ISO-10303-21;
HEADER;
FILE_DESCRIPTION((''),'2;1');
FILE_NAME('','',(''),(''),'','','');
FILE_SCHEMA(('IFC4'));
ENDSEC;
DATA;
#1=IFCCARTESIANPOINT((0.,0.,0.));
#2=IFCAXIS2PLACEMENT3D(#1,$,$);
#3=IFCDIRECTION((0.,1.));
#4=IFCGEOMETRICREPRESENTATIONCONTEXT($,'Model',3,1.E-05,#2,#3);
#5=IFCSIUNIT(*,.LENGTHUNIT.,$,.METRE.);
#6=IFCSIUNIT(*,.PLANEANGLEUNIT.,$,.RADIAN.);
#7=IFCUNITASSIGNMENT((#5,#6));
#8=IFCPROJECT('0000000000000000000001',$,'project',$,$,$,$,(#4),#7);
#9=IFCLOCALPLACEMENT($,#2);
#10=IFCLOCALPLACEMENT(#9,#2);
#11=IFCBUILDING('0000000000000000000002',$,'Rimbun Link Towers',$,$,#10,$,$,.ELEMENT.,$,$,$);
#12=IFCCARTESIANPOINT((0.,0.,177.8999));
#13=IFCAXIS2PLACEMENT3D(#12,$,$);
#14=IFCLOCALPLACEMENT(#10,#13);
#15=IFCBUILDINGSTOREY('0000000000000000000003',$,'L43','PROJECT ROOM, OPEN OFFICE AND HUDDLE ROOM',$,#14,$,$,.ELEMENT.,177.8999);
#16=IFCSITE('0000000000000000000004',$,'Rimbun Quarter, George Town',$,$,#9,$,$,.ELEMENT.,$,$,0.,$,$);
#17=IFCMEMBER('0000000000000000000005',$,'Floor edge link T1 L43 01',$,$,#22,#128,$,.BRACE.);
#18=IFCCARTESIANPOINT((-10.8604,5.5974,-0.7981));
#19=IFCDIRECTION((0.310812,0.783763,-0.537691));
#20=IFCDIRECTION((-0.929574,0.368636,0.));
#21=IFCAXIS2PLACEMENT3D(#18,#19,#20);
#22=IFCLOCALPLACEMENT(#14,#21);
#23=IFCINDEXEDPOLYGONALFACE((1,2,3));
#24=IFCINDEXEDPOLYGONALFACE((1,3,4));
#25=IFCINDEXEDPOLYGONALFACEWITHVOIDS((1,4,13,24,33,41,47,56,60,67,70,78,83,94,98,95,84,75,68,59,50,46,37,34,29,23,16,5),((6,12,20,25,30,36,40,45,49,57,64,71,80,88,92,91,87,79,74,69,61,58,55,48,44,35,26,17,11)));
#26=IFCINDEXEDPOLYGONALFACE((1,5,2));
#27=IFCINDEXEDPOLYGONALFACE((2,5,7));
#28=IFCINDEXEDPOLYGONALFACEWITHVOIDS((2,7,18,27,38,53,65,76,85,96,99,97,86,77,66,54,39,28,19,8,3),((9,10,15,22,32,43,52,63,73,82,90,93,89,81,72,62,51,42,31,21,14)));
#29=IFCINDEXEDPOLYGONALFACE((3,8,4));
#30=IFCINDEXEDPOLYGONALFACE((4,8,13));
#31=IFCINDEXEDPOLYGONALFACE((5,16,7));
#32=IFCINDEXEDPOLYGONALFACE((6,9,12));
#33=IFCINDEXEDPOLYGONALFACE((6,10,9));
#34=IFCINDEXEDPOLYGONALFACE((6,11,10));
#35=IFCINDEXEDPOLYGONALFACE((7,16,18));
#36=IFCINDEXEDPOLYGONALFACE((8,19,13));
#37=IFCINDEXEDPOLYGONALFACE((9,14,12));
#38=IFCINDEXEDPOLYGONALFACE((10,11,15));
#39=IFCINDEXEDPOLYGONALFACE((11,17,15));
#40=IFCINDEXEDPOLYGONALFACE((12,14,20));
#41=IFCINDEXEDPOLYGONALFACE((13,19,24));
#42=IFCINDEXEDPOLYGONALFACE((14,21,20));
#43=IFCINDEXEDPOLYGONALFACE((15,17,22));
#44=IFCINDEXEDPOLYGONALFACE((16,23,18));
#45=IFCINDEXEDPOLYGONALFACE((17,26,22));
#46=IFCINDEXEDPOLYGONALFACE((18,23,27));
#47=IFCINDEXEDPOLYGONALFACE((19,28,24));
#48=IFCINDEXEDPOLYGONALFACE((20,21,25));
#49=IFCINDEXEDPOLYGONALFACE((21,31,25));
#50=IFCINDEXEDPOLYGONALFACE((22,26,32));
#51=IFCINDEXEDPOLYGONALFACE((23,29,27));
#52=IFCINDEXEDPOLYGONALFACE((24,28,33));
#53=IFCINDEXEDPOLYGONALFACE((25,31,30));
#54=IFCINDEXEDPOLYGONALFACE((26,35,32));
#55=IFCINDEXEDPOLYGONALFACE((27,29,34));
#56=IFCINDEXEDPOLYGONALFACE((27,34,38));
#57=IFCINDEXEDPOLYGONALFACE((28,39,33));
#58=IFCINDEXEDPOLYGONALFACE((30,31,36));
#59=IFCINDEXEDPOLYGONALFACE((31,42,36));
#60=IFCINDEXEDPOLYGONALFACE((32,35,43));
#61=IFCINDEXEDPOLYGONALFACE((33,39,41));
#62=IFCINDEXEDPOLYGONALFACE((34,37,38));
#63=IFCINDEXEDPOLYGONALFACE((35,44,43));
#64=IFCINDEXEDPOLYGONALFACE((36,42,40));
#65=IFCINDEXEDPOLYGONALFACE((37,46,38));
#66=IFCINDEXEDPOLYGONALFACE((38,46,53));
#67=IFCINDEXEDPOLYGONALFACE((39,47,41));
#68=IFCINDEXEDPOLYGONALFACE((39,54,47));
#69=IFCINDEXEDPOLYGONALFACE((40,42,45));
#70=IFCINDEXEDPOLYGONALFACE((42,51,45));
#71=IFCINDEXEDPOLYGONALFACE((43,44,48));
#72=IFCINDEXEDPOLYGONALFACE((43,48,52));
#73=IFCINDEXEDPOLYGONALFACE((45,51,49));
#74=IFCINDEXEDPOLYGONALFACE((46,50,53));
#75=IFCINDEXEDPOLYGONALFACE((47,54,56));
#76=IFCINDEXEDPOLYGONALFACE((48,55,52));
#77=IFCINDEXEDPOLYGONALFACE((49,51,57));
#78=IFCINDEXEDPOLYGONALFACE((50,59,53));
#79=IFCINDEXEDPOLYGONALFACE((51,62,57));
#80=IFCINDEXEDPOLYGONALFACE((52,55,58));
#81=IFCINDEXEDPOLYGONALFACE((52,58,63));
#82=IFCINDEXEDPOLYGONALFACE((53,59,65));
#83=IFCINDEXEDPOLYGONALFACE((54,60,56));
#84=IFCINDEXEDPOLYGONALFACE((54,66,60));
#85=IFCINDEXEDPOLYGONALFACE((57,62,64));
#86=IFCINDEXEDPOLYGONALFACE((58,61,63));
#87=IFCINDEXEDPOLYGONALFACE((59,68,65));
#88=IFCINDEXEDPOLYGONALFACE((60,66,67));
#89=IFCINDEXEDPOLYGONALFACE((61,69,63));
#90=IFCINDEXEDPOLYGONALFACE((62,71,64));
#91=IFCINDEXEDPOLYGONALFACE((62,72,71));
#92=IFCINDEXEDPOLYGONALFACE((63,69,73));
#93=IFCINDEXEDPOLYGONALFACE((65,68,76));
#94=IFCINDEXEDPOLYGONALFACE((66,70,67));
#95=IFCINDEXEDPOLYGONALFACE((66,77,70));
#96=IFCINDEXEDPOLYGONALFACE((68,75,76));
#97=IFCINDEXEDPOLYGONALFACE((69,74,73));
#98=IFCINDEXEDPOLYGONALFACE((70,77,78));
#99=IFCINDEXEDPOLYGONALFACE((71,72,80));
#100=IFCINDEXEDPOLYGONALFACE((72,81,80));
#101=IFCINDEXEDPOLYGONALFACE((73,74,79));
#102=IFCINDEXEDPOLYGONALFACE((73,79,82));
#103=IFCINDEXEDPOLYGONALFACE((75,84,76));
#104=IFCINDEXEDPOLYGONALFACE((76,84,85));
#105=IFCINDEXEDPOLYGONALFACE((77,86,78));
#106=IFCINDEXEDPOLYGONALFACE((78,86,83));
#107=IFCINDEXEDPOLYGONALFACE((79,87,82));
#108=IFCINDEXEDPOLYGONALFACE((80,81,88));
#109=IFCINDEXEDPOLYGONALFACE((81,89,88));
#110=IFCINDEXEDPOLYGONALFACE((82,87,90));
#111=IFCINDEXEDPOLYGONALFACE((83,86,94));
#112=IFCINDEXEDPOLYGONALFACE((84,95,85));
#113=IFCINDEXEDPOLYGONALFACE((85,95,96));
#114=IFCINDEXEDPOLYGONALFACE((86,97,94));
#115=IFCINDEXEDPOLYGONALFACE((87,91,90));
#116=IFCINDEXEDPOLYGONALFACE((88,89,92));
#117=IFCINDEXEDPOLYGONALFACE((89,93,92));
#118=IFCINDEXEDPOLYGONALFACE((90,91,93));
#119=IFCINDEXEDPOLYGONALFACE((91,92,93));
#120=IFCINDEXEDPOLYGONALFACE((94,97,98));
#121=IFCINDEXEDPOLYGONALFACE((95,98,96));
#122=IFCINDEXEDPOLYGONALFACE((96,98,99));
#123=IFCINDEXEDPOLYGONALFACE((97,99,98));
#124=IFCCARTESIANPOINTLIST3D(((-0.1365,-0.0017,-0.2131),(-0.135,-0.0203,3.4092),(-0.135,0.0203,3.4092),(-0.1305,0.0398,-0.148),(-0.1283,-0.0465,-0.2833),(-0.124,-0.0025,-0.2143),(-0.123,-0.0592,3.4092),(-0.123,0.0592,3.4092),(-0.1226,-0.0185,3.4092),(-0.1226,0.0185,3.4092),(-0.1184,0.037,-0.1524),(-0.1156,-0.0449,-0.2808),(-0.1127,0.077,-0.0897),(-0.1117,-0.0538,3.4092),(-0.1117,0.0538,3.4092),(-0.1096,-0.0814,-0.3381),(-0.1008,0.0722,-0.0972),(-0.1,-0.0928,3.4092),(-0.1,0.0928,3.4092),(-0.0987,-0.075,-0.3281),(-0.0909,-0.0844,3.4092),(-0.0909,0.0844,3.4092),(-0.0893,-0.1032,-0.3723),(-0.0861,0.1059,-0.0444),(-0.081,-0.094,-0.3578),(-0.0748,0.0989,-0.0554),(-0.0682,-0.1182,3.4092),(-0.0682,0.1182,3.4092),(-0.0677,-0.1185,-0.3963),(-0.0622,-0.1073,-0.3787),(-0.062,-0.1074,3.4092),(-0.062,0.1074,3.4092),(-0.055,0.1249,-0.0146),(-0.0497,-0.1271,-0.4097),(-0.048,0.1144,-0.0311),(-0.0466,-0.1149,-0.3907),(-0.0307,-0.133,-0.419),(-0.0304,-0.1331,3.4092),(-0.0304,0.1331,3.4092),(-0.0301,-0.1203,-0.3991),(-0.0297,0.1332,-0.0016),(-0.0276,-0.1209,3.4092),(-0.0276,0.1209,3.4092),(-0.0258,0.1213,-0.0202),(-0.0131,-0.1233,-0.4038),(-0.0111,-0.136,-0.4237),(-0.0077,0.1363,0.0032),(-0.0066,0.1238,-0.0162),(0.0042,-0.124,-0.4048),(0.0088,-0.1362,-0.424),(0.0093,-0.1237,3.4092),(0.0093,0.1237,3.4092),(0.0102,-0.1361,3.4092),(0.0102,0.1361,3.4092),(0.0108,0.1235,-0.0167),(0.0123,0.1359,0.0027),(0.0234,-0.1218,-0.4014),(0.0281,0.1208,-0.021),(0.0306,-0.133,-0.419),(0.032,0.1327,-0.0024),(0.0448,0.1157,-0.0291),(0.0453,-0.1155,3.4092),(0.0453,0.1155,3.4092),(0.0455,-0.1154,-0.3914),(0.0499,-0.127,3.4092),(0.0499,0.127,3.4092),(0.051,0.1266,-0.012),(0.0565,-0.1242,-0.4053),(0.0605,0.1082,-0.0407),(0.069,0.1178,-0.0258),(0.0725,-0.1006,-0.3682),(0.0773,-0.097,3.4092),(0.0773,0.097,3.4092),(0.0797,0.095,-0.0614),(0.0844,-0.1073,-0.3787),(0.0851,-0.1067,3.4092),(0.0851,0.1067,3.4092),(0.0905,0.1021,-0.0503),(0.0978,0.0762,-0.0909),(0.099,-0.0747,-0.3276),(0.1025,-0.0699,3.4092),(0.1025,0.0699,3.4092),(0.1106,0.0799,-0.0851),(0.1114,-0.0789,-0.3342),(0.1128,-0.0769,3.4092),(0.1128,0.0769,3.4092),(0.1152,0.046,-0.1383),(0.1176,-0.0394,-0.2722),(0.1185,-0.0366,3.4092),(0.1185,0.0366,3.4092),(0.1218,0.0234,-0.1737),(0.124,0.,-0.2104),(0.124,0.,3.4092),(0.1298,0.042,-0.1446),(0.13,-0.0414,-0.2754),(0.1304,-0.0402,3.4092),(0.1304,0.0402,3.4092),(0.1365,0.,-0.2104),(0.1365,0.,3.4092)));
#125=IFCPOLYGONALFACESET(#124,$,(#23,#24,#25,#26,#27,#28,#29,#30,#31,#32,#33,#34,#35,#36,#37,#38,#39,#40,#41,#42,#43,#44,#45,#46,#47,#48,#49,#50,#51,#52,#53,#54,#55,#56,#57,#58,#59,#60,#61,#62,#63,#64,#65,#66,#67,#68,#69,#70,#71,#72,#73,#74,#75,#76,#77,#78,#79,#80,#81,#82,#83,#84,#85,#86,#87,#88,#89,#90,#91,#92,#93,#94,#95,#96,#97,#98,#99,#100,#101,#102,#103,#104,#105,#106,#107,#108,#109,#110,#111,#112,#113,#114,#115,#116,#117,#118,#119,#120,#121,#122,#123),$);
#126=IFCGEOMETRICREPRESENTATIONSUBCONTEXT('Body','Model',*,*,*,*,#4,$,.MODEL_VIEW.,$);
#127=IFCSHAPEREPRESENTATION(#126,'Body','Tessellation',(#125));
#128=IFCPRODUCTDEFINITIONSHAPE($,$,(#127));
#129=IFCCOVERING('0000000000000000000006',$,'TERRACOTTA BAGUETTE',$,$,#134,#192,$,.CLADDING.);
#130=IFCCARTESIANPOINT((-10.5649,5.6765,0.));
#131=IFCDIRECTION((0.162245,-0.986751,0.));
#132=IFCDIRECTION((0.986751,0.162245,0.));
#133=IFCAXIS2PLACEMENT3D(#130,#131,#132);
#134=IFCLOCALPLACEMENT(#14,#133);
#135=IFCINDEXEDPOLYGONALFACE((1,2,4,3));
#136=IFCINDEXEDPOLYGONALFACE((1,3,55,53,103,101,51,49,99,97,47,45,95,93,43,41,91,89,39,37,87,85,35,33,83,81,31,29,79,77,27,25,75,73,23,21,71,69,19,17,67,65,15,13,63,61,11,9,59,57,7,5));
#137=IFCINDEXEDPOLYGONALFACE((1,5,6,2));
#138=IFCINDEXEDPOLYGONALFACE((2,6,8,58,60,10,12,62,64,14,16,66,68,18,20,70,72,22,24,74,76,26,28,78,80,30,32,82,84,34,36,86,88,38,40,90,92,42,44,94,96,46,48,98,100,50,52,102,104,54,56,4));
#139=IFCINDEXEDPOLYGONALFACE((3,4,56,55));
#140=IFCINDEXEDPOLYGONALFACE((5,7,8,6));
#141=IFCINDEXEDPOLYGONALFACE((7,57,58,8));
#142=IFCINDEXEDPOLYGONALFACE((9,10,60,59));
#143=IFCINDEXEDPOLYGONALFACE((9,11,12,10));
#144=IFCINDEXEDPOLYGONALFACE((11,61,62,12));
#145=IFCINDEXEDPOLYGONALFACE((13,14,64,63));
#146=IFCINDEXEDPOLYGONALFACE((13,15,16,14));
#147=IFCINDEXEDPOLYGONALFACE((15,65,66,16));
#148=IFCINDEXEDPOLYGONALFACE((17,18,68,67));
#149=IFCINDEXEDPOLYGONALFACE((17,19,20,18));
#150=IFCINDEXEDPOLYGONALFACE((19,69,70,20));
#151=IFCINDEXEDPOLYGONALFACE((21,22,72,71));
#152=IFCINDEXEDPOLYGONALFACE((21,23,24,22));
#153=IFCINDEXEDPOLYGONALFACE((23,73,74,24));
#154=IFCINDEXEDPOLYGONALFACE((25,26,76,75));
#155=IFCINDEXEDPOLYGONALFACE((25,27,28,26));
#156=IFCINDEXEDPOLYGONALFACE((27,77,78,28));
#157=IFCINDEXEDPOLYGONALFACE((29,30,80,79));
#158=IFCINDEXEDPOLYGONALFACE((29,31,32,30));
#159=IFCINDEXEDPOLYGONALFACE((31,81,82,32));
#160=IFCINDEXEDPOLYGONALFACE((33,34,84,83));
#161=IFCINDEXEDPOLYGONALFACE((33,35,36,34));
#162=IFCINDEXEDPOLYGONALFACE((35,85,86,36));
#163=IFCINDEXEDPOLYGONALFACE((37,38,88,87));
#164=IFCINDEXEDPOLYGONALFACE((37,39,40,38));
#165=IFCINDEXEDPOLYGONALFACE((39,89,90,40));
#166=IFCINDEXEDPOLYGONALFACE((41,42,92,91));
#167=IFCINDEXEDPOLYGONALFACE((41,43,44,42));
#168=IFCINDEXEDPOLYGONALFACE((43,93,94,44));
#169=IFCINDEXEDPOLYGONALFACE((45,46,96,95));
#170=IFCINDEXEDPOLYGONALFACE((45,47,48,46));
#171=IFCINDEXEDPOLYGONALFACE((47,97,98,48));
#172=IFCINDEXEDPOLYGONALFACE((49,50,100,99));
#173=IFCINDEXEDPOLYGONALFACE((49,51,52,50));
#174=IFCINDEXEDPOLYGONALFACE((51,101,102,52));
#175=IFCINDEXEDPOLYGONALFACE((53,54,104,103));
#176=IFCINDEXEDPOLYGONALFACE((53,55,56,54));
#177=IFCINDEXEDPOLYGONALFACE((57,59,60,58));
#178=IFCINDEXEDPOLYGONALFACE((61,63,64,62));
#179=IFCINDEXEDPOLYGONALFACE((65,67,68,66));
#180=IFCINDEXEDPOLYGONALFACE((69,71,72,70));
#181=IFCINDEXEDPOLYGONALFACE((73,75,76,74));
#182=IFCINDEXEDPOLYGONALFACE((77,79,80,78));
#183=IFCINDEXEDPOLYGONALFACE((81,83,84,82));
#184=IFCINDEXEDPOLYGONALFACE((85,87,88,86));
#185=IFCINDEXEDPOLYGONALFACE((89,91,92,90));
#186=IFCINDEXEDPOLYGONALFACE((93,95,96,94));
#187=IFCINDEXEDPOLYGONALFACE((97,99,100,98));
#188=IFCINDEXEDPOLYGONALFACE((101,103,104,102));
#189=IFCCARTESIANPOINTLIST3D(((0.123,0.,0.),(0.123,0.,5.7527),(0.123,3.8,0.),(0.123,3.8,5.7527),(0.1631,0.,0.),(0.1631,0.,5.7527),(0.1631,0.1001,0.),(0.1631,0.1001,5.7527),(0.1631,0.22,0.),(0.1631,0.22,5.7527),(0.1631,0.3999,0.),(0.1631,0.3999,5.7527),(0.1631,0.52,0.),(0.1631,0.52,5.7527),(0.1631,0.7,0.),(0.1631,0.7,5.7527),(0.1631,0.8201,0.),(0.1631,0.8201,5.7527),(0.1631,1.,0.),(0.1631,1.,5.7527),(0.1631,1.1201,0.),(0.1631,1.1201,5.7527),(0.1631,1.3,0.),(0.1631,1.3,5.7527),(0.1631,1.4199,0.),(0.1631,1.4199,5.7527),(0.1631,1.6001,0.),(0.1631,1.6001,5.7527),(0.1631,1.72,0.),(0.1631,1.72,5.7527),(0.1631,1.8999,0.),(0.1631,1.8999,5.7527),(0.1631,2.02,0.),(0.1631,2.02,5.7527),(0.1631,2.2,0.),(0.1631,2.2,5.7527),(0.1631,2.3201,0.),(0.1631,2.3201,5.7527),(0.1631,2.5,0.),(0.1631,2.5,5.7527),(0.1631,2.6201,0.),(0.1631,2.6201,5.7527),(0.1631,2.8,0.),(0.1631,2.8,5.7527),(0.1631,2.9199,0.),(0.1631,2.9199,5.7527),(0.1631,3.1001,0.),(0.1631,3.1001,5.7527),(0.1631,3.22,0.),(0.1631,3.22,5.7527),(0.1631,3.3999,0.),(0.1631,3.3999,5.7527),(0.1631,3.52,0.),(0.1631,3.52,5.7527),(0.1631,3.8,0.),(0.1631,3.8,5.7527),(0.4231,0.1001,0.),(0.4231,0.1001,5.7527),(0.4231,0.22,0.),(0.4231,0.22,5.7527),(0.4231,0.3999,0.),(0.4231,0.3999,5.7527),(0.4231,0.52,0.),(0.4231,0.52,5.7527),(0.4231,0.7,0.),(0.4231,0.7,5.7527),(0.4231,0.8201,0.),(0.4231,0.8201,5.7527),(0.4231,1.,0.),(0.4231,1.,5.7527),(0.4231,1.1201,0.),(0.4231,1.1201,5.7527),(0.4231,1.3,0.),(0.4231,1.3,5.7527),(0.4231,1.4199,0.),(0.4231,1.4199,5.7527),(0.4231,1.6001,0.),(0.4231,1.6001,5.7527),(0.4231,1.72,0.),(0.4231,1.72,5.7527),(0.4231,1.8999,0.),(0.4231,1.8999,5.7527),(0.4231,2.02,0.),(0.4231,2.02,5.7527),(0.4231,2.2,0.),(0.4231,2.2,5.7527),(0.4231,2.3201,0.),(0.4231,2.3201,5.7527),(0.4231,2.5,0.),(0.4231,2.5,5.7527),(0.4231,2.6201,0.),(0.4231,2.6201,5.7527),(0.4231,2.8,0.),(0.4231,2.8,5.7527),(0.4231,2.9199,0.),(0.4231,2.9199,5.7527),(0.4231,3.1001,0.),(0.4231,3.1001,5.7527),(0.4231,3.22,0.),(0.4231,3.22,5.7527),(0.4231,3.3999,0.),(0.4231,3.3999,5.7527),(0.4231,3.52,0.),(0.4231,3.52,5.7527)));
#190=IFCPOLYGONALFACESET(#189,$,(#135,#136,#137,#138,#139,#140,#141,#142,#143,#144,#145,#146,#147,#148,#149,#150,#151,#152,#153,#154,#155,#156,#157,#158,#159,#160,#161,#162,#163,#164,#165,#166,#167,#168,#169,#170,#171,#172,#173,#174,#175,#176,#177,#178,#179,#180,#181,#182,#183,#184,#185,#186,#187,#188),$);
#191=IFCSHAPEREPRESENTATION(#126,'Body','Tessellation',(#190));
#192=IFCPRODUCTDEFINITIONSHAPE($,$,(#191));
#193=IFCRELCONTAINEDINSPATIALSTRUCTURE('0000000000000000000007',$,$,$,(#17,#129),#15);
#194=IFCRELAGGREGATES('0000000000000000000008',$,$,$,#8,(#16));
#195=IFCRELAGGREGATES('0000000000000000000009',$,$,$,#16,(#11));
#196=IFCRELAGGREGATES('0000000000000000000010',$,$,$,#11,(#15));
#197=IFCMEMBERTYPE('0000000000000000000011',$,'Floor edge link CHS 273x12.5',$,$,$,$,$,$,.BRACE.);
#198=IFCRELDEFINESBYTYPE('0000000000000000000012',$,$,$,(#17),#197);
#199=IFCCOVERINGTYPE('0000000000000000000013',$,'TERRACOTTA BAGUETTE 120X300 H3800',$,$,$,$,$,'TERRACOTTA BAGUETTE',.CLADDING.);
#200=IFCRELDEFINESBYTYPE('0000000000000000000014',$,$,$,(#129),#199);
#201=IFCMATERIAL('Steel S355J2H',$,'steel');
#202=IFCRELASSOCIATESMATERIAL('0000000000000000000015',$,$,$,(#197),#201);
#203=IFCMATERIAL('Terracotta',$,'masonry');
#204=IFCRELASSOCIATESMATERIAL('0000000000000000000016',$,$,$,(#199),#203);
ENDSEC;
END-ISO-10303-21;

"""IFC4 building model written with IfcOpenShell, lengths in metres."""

from ifc_helpers import new_model, si_unit, direction, frame, origin, origin_2d, place, context, subcontext, project, spatial, polyline, hollow_circle, outline, extrude, clip, halfspace, material, material_profile, profile_set, type_object, element, save


model = new_model("IFC4")

# Units and contexts
model_context = context("Model", 3, precision=1e-05, world=origin(), true_north=direction((0.0, 1.0)))
body_context = subcontext(model_context, "Body", "Model", "MODEL_VIEW")
ifc_project = project(units=[si_unit("LENGTHUNIT", "METRE"), si_unit("PLANEANGLEUNIT", "RADIAN")], contexts=[model_context])

# Site, building, storey
site_placement = place(None, origin())
site = spatial("IfcSite", under=ifc_project, at=site_placement, Name="Rimbun Quarter, George Town", CompositionType="ELEMENT", RefElevation=0.0)
building_placement = place(site_placement, origin())
building = spatial("IfcBuilding", under=site, at=building_placement, Name="Rimbun Link Towers", CompositionType="ELEMENT")
storey_placement = place(building_placement, frame((0.0, 0.0, 177.8999)))
storey = spatial("IfcBuildingStorey", under=building, at=storey_placement, Name="L43", Description="PROJECT ROOM, OPEN OFFICE AND HUDDLE ROOM", CompositionType="ELEMENT", Elevation=177.8999)

# Member
ifc_material_1 = material(Name="Steel S355J2H", Category="steel")
ifc_material_profile_1 = material_profile(ifc_material_1, hollow_circle(Radius=0.1365, WallThickness=0.0125, at=origin_2d()), Name="CHS 273x12.5")
ifc_profile_set_1 = profile_set([ifc_material_profile_1], Name="Steel S355J2H")
member_type_1 = type_object("IfcMemberType", Name="Floor edge link CHS 273x12.5", PredefinedType="BRACE", material=ifc_profile_set_1)
member_1_placement = place(storey_placement, frame((-10.8604, 5.5974, -0.7981), z_axis=(0.310812, 0.783763, -0.537691), x_axis=(-0.929574, 0.368636, 0.0)))
element("IfcMember", 1, at=member_1_placement, inside=storey, type_object=member_type_1, Name="Floor edge link T1 L43 01", PredefinedType="BRACE", context=body_context, shape_type="Clipping", body=[
    clip(extrude(hollow_circle(Radius=0.1365, WallThickness=0.0125, at=origin_2d()), frame((0.0, 0.0, -0.4468)), (0.0, 0.0, 1.0), 3.856), halfspace(frame((0.0, 0.0, -0.2104), z_axis=(0.0, 0.843142, -0.537691)), False)),
])

# Covering
ifc_material_2 = material(Name="Terracotta", Category="masonry")
ifc_material_profile_2 = material_profile(ifc_material_2, outline(polyline([(0.123, 0.0), (0.1631, 0.0), (0.1631, 0.1001), (0.4231, 0.1001), (0.4231, 0.22), (0.1631, 0.22), (0.1631, 0.3999), (0.4231, 0.3999), (0.4231, 0.52), (0.1631, 0.52), (0.1631, 0.7), (0.4231, 0.7), (0.4231, 0.8201), (0.1631, 0.8201), (0.1631, 1.0), (0.4231, 1.0), (0.4231, 1.1201), (0.1631, 1.1201), (0.1631, 1.3), (0.4231, 1.3), (0.4231, 1.4199), (0.1631, 1.4199), (0.1631, 1.6001), (0.4231, 1.6001), (0.4231, 1.72), (0.1631, 1.72), (0.1631, 1.8999), (0.4231, 1.8999), (0.4231, 2.02), (0.1631, 2.02), (0.1631, 2.2), (0.4231, 2.2), (0.4231, 2.3201), (0.1631, 2.3201), (0.1631, 2.5), (0.4231, 2.5), (0.4231, 2.6201), (0.1631, 2.6201), (0.1631, 2.8), (0.4231, 2.8), (0.4231, 2.9199), (0.1631, 2.9199), (0.1631, 3.1001), (0.4231, 3.1001), (0.4231, 3.22), (0.1631, 3.22), (0.1631, 3.3999), (0.4231, 3.3999), (0.4231, 3.52), (0.1631, 3.52), (0.1631, 3.8), (0.123, 3.8), (0.123, 0.0)])), Name="BAGUETTE 120X300")
ifc_profile_set_2 = profile_set([ifc_material_profile_2], Name="Terracotta")
covering_type = type_object("IfcCoveringType", Name="TERRACOTTA BAGUETTE 120X300 H3800", ElementType="TERRACOTTA BAGUETTE", PredefinedType="CLADDING", material=ifc_profile_set_2)
covering_1_placement = place(storey_placement, frame((-10.5649, 5.6765, 0.0), z_axis=(0.162245, -0.986751, 0.0), x_axis=(0.986751, 0.162245, 0.0)))
element("IfcCovering", 2, at=covering_1_placement, inside=storey, type_object=covering_type, Name="TERRACOTTA BAGUETTE", PredefinedType="CLADDING", context=body_context, shape_type="SweptSolid", body=[
    extrude(outline(polyline([(0.123, 0.0), (0.1631, 0.0), (0.1631, 0.1001), (0.4231, 0.1001), (0.4231, 0.22), (0.1631, 0.22), (0.1631, 0.3999), (0.4231, 0.3999), (0.4231, 0.52), (0.1631, 0.52), (0.1631, 0.7), (0.4231, 0.7), (0.4231, 0.8201), (0.1631, 0.8201), (0.1631, 1.0), (0.4231, 1.0), (0.4231, 1.1201), (0.1631, 1.1201), (0.1631, 1.3), (0.4231, 1.3), (0.4231, 1.4199), (0.1631, 1.4199), (0.1631, 1.6001), (0.4231, 1.6001), (0.4231, 1.72), (0.1631, 1.72), (0.1631, 1.8999), (0.4231, 1.8999), (0.4231, 2.02), (0.1631, 2.02), (0.1631, 2.2), (0.4231, 2.2), (0.4231, 2.3201), (0.1631, 2.3201), (0.1631, 2.5), (0.4231, 2.5), (0.4231, 2.6201), (0.1631, 2.6201), (0.1631, 2.8), (0.4231, 2.8), (0.4231, 2.9199), (0.1631, 2.9199), (0.1631, 3.1001), (0.4231, 3.1001), (0.4231, 3.22), (0.1631, 3.22), (0.1631, 3.3999), (0.4231, 3.3999), (0.4231, 3.52), (0.1631, 3.52), (0.1631, 3.8), (0.123, 3.8), (0.123, 0.0)])), origin(), (0.0, 0.0, 1.0), 5.7527),
])

save(model, "model.ifc")
